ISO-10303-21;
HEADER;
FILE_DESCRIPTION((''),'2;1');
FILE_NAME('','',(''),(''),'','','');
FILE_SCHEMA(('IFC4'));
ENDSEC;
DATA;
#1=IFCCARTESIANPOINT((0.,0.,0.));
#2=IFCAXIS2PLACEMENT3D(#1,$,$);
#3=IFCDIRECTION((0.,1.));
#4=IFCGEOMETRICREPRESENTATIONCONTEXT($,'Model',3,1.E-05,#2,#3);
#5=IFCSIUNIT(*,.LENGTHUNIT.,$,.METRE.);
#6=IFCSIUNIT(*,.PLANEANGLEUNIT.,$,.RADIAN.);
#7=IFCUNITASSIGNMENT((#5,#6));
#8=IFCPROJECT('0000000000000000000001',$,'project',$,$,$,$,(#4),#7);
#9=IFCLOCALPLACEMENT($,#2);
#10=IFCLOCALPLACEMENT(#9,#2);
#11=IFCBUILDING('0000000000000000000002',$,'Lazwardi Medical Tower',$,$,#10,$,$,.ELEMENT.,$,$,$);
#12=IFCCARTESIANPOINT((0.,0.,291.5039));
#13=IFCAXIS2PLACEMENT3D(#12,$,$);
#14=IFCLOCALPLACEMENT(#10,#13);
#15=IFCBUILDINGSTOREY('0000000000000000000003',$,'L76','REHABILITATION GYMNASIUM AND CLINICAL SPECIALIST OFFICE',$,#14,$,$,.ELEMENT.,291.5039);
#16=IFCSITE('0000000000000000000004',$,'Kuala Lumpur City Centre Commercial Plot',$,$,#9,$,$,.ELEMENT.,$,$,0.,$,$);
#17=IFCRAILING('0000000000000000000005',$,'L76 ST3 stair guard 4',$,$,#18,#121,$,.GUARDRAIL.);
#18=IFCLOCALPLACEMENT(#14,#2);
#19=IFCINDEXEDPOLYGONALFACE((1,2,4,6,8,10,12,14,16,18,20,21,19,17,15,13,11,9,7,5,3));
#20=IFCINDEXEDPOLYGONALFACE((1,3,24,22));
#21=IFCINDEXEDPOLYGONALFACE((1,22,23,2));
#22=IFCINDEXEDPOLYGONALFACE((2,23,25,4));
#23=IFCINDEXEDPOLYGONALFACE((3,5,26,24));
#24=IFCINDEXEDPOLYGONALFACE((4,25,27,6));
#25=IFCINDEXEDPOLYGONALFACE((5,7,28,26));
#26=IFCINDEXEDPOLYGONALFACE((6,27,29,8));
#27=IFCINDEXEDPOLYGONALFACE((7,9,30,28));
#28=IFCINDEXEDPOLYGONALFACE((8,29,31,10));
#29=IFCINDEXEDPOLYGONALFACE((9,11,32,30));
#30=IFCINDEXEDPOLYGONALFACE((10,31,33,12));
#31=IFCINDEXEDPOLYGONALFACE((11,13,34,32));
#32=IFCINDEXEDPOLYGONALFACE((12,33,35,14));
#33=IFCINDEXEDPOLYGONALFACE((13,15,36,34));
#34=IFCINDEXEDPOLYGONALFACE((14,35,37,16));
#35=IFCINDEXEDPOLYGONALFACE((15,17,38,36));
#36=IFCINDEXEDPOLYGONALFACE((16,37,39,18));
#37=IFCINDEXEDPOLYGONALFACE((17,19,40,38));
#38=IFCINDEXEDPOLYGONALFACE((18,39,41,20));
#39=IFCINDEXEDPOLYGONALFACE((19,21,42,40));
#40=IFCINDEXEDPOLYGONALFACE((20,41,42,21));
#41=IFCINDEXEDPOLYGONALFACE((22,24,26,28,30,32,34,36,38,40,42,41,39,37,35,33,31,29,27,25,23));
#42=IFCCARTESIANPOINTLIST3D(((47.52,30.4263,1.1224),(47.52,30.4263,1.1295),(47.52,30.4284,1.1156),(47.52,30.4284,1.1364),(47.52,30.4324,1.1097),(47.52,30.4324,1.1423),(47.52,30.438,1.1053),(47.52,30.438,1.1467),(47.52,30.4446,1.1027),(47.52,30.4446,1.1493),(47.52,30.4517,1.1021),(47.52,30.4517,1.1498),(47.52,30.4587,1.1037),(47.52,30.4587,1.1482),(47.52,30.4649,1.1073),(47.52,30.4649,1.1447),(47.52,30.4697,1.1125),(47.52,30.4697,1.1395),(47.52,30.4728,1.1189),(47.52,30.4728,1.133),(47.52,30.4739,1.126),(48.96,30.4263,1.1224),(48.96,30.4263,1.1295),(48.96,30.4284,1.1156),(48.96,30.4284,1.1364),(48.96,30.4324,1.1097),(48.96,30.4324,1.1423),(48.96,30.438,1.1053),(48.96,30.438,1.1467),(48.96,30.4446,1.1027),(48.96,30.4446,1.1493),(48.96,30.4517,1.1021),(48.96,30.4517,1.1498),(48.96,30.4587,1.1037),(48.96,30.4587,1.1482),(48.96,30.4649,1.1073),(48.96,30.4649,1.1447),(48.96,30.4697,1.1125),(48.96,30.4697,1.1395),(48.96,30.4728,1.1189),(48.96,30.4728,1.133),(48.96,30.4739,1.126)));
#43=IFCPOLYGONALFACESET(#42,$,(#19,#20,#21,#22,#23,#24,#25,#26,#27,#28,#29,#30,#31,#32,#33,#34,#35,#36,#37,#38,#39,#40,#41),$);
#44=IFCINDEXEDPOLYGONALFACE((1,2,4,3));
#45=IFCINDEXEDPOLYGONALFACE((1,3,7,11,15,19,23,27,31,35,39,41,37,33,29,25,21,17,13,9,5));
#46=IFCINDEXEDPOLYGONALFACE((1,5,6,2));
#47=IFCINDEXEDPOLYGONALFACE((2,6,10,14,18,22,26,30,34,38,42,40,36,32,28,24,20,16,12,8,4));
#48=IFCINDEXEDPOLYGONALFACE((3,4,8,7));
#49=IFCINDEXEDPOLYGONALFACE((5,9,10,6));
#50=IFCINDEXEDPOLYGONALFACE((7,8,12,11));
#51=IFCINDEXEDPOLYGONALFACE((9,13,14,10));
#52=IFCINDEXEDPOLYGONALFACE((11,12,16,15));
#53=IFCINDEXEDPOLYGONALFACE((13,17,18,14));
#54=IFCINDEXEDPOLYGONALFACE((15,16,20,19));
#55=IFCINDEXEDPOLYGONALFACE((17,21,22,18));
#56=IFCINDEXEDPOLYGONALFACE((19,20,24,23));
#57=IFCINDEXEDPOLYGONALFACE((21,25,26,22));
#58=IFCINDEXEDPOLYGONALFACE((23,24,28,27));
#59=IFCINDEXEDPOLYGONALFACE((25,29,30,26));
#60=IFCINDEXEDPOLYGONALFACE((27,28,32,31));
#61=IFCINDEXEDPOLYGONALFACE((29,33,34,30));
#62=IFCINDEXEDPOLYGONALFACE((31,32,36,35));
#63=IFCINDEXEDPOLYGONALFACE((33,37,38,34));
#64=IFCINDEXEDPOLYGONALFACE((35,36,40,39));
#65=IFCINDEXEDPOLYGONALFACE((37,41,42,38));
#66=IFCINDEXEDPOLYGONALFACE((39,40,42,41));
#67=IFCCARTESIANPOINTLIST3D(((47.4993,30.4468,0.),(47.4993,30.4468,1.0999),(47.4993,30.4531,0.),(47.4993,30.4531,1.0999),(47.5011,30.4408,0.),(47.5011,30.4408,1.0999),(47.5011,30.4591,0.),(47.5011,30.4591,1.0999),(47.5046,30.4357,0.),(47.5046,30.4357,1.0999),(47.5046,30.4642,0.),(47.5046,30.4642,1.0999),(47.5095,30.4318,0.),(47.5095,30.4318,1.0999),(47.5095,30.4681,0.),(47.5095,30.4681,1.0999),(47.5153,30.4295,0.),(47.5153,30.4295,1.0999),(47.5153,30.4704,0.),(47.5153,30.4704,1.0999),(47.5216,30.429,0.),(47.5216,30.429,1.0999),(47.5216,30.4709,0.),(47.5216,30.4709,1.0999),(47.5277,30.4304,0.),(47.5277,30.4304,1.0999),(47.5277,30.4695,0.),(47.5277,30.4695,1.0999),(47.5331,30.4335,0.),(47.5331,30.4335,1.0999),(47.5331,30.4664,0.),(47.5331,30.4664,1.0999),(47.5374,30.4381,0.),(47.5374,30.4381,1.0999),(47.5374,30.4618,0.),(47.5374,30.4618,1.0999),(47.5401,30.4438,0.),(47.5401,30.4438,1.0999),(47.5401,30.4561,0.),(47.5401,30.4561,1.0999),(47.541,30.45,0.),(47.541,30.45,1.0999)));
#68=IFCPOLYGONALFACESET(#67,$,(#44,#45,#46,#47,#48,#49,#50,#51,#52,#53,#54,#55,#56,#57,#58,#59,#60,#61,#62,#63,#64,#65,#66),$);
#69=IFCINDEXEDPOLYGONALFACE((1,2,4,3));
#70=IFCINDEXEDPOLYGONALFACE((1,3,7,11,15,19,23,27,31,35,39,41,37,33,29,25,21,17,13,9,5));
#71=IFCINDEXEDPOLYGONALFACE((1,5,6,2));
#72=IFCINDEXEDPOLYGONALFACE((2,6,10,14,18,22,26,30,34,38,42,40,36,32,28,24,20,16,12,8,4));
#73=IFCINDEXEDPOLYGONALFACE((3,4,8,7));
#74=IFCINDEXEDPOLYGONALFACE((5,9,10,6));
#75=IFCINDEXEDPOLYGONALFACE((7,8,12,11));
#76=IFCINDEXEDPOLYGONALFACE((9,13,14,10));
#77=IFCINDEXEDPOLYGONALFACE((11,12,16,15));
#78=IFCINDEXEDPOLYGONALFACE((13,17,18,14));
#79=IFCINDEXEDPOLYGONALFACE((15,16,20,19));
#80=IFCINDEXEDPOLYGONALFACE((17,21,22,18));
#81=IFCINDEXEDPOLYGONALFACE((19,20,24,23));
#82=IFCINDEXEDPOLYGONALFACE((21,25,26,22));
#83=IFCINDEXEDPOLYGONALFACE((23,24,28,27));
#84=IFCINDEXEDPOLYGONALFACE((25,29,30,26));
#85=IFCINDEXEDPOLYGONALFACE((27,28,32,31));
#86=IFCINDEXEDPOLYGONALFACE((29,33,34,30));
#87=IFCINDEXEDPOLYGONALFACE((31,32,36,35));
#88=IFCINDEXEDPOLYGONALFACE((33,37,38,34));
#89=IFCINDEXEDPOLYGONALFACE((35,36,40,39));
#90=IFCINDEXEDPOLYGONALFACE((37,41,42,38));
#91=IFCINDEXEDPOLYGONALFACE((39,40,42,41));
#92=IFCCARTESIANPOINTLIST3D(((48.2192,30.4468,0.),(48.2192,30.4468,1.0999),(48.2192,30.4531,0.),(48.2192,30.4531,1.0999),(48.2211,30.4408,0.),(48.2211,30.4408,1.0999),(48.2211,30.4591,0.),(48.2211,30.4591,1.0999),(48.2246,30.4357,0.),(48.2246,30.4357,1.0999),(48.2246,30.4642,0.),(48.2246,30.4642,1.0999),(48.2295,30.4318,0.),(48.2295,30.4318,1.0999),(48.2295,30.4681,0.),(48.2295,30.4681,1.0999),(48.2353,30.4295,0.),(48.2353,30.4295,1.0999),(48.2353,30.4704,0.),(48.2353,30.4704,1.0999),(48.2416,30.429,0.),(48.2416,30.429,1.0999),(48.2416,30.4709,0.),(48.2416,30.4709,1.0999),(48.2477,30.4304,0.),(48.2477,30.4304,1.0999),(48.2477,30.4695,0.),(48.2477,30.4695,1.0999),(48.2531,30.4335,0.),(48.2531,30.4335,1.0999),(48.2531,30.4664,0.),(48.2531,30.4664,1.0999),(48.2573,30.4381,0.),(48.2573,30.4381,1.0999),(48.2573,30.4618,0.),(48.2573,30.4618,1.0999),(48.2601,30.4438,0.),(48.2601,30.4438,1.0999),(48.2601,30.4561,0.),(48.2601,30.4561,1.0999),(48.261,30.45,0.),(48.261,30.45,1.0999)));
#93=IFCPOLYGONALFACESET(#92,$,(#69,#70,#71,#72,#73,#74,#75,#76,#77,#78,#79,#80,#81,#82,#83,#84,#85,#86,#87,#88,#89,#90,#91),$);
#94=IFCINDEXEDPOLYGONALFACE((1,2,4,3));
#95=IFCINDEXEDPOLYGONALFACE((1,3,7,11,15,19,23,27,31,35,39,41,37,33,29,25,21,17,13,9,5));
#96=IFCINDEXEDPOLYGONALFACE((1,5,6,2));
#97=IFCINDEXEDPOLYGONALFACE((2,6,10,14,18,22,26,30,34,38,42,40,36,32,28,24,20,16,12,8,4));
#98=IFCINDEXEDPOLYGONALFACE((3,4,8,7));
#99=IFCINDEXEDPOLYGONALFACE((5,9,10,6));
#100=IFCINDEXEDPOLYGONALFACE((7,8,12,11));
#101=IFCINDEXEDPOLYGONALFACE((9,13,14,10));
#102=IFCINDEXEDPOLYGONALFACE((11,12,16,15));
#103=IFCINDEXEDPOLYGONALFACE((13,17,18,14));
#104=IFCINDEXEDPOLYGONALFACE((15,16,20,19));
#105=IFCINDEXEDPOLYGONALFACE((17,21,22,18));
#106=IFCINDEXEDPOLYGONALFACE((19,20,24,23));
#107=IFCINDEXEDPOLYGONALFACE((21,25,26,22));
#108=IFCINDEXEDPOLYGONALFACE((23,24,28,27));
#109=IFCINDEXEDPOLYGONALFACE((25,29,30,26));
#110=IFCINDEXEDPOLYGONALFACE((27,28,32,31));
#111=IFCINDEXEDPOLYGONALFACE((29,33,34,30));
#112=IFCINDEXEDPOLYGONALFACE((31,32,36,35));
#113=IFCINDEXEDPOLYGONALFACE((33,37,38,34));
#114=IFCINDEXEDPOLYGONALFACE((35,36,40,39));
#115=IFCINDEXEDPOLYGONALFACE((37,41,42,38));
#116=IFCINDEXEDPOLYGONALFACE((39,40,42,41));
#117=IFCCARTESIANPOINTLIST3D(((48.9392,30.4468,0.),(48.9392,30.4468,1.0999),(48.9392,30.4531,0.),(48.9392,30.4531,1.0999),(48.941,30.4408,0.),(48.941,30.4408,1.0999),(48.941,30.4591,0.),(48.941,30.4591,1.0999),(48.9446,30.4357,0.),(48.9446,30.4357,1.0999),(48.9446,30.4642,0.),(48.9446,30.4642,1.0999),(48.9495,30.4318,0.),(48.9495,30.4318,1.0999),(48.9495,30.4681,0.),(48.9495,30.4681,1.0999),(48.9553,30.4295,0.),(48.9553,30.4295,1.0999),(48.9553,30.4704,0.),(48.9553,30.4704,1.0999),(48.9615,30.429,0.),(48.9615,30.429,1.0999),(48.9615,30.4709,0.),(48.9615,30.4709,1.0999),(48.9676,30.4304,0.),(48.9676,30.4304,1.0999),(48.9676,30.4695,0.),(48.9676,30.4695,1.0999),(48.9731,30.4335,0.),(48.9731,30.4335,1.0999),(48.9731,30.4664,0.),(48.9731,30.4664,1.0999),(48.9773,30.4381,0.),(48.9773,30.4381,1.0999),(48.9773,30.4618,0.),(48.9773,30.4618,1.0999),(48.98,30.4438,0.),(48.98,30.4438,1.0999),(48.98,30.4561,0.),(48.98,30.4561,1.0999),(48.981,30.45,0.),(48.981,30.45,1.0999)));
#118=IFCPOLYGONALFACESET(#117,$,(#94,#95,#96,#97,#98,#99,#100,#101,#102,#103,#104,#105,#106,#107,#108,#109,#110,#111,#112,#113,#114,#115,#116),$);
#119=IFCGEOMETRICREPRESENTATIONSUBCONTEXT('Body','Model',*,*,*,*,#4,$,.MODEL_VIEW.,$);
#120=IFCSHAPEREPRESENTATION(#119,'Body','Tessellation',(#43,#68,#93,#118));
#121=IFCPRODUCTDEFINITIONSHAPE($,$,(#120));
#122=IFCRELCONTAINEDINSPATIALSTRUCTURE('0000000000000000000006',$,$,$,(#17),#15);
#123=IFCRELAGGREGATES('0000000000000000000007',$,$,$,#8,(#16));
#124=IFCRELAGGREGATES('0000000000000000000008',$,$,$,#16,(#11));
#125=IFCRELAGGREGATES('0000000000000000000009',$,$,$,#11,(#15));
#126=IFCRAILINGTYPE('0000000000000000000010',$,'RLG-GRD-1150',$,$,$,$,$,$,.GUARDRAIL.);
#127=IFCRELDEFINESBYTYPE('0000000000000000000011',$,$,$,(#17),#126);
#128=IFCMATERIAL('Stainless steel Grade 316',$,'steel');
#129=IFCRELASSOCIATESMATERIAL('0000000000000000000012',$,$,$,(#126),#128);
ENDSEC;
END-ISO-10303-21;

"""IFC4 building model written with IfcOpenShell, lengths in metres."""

from ifc_helpers import new_model, si_unit, direction, frame, origin, origin_2d, place, context, subcontext, project, spatial, circle, extrude, material, type_object, element, save


model = new_model("IFC4")

# Units and contexts
model_context = context("Model", 3, precision=1e-05, world=origin(), true_north=direction((0.0, 1.0)))
body_context = subcontext(model_context, "Body", "Model", "MODEL_VIEW")
ifc_project = project(units=[si_unit("LENGTHUNIT", "METRE"), si_unit("PLANEANGLEUNIT", "RADIAN")], contexts=[model_context])

# Site, building, storey
site_placement = place(None, origin())
site = spatial("IfcSite", under=ifc_project, at=site_placement, Name="Kuala Lumpur City Centre Commercial Plot", CompositionType="ELEMENT", RefElevation=0.0)
building_placement = place(site_placement, origin())
building = spatial("IfcBuilding", under=site, at=building_placement, Name="Lazwardi Medical Tower", CompositionType="ELEMENT")
storey_placement = place(building_placement, frame((0.0, 0.0, 291.5039)))
storey = spatial("IfcBuildingStorey", under=building, at=storey_placement, Name="L76", Description="REHABILITATION GYMNASIUM AND CLINICAL SPECIALIST OFFICE", CompositionType="ELEMENT", Elevation=291.5039)

# Railing
ifc_material_1 = material(Name="Stainless steel Grade 316", Category="steel")
railing_type_1 = type_object("IfcRailingType", Name="RLG-GRD-1150", PredefinedType="GUARDRAIL", material=ifc_material_1)
railing_1_placement = place(storey_placement, frame((47.52, 30.45, 0.0)))
element("IfcRailing", 1, at=railing_1_placement, inside=storey, type_object=railing_type_1, Name="L76 ST3 stair guard 4", PredefinedType="GUARDRAIL", context=body_context, shape_type="SweptSolid", body=[
    extrude(circle(Radius=0.0239, at=origin_2d()), frame((0.0, 0.0, 1.126), z_axis=(1.0, 0.0, 0.0), x_axis=(0.0, 1.0, 0.0)), (0.0, 0.0, 1.0), 1.4399),
    extrude(circle(Radius=0.021, at=origin_2d()), origin(), (0.0, 0.0, 1.0), 1.0999),
    extrude(circle(Radius=0.021, at=origin_2d()), frame((0.72, 0.0, 0.0)), (0.0, 0.0, 1.0), 1.0999),
    extrude(circle(Radius=0.021, at=origin_2d()), frame((1.4399, 0.0, 0.0)), (0.0, 0.0, 1.0), 1.0999),
])

save(model, "model.ifc")
